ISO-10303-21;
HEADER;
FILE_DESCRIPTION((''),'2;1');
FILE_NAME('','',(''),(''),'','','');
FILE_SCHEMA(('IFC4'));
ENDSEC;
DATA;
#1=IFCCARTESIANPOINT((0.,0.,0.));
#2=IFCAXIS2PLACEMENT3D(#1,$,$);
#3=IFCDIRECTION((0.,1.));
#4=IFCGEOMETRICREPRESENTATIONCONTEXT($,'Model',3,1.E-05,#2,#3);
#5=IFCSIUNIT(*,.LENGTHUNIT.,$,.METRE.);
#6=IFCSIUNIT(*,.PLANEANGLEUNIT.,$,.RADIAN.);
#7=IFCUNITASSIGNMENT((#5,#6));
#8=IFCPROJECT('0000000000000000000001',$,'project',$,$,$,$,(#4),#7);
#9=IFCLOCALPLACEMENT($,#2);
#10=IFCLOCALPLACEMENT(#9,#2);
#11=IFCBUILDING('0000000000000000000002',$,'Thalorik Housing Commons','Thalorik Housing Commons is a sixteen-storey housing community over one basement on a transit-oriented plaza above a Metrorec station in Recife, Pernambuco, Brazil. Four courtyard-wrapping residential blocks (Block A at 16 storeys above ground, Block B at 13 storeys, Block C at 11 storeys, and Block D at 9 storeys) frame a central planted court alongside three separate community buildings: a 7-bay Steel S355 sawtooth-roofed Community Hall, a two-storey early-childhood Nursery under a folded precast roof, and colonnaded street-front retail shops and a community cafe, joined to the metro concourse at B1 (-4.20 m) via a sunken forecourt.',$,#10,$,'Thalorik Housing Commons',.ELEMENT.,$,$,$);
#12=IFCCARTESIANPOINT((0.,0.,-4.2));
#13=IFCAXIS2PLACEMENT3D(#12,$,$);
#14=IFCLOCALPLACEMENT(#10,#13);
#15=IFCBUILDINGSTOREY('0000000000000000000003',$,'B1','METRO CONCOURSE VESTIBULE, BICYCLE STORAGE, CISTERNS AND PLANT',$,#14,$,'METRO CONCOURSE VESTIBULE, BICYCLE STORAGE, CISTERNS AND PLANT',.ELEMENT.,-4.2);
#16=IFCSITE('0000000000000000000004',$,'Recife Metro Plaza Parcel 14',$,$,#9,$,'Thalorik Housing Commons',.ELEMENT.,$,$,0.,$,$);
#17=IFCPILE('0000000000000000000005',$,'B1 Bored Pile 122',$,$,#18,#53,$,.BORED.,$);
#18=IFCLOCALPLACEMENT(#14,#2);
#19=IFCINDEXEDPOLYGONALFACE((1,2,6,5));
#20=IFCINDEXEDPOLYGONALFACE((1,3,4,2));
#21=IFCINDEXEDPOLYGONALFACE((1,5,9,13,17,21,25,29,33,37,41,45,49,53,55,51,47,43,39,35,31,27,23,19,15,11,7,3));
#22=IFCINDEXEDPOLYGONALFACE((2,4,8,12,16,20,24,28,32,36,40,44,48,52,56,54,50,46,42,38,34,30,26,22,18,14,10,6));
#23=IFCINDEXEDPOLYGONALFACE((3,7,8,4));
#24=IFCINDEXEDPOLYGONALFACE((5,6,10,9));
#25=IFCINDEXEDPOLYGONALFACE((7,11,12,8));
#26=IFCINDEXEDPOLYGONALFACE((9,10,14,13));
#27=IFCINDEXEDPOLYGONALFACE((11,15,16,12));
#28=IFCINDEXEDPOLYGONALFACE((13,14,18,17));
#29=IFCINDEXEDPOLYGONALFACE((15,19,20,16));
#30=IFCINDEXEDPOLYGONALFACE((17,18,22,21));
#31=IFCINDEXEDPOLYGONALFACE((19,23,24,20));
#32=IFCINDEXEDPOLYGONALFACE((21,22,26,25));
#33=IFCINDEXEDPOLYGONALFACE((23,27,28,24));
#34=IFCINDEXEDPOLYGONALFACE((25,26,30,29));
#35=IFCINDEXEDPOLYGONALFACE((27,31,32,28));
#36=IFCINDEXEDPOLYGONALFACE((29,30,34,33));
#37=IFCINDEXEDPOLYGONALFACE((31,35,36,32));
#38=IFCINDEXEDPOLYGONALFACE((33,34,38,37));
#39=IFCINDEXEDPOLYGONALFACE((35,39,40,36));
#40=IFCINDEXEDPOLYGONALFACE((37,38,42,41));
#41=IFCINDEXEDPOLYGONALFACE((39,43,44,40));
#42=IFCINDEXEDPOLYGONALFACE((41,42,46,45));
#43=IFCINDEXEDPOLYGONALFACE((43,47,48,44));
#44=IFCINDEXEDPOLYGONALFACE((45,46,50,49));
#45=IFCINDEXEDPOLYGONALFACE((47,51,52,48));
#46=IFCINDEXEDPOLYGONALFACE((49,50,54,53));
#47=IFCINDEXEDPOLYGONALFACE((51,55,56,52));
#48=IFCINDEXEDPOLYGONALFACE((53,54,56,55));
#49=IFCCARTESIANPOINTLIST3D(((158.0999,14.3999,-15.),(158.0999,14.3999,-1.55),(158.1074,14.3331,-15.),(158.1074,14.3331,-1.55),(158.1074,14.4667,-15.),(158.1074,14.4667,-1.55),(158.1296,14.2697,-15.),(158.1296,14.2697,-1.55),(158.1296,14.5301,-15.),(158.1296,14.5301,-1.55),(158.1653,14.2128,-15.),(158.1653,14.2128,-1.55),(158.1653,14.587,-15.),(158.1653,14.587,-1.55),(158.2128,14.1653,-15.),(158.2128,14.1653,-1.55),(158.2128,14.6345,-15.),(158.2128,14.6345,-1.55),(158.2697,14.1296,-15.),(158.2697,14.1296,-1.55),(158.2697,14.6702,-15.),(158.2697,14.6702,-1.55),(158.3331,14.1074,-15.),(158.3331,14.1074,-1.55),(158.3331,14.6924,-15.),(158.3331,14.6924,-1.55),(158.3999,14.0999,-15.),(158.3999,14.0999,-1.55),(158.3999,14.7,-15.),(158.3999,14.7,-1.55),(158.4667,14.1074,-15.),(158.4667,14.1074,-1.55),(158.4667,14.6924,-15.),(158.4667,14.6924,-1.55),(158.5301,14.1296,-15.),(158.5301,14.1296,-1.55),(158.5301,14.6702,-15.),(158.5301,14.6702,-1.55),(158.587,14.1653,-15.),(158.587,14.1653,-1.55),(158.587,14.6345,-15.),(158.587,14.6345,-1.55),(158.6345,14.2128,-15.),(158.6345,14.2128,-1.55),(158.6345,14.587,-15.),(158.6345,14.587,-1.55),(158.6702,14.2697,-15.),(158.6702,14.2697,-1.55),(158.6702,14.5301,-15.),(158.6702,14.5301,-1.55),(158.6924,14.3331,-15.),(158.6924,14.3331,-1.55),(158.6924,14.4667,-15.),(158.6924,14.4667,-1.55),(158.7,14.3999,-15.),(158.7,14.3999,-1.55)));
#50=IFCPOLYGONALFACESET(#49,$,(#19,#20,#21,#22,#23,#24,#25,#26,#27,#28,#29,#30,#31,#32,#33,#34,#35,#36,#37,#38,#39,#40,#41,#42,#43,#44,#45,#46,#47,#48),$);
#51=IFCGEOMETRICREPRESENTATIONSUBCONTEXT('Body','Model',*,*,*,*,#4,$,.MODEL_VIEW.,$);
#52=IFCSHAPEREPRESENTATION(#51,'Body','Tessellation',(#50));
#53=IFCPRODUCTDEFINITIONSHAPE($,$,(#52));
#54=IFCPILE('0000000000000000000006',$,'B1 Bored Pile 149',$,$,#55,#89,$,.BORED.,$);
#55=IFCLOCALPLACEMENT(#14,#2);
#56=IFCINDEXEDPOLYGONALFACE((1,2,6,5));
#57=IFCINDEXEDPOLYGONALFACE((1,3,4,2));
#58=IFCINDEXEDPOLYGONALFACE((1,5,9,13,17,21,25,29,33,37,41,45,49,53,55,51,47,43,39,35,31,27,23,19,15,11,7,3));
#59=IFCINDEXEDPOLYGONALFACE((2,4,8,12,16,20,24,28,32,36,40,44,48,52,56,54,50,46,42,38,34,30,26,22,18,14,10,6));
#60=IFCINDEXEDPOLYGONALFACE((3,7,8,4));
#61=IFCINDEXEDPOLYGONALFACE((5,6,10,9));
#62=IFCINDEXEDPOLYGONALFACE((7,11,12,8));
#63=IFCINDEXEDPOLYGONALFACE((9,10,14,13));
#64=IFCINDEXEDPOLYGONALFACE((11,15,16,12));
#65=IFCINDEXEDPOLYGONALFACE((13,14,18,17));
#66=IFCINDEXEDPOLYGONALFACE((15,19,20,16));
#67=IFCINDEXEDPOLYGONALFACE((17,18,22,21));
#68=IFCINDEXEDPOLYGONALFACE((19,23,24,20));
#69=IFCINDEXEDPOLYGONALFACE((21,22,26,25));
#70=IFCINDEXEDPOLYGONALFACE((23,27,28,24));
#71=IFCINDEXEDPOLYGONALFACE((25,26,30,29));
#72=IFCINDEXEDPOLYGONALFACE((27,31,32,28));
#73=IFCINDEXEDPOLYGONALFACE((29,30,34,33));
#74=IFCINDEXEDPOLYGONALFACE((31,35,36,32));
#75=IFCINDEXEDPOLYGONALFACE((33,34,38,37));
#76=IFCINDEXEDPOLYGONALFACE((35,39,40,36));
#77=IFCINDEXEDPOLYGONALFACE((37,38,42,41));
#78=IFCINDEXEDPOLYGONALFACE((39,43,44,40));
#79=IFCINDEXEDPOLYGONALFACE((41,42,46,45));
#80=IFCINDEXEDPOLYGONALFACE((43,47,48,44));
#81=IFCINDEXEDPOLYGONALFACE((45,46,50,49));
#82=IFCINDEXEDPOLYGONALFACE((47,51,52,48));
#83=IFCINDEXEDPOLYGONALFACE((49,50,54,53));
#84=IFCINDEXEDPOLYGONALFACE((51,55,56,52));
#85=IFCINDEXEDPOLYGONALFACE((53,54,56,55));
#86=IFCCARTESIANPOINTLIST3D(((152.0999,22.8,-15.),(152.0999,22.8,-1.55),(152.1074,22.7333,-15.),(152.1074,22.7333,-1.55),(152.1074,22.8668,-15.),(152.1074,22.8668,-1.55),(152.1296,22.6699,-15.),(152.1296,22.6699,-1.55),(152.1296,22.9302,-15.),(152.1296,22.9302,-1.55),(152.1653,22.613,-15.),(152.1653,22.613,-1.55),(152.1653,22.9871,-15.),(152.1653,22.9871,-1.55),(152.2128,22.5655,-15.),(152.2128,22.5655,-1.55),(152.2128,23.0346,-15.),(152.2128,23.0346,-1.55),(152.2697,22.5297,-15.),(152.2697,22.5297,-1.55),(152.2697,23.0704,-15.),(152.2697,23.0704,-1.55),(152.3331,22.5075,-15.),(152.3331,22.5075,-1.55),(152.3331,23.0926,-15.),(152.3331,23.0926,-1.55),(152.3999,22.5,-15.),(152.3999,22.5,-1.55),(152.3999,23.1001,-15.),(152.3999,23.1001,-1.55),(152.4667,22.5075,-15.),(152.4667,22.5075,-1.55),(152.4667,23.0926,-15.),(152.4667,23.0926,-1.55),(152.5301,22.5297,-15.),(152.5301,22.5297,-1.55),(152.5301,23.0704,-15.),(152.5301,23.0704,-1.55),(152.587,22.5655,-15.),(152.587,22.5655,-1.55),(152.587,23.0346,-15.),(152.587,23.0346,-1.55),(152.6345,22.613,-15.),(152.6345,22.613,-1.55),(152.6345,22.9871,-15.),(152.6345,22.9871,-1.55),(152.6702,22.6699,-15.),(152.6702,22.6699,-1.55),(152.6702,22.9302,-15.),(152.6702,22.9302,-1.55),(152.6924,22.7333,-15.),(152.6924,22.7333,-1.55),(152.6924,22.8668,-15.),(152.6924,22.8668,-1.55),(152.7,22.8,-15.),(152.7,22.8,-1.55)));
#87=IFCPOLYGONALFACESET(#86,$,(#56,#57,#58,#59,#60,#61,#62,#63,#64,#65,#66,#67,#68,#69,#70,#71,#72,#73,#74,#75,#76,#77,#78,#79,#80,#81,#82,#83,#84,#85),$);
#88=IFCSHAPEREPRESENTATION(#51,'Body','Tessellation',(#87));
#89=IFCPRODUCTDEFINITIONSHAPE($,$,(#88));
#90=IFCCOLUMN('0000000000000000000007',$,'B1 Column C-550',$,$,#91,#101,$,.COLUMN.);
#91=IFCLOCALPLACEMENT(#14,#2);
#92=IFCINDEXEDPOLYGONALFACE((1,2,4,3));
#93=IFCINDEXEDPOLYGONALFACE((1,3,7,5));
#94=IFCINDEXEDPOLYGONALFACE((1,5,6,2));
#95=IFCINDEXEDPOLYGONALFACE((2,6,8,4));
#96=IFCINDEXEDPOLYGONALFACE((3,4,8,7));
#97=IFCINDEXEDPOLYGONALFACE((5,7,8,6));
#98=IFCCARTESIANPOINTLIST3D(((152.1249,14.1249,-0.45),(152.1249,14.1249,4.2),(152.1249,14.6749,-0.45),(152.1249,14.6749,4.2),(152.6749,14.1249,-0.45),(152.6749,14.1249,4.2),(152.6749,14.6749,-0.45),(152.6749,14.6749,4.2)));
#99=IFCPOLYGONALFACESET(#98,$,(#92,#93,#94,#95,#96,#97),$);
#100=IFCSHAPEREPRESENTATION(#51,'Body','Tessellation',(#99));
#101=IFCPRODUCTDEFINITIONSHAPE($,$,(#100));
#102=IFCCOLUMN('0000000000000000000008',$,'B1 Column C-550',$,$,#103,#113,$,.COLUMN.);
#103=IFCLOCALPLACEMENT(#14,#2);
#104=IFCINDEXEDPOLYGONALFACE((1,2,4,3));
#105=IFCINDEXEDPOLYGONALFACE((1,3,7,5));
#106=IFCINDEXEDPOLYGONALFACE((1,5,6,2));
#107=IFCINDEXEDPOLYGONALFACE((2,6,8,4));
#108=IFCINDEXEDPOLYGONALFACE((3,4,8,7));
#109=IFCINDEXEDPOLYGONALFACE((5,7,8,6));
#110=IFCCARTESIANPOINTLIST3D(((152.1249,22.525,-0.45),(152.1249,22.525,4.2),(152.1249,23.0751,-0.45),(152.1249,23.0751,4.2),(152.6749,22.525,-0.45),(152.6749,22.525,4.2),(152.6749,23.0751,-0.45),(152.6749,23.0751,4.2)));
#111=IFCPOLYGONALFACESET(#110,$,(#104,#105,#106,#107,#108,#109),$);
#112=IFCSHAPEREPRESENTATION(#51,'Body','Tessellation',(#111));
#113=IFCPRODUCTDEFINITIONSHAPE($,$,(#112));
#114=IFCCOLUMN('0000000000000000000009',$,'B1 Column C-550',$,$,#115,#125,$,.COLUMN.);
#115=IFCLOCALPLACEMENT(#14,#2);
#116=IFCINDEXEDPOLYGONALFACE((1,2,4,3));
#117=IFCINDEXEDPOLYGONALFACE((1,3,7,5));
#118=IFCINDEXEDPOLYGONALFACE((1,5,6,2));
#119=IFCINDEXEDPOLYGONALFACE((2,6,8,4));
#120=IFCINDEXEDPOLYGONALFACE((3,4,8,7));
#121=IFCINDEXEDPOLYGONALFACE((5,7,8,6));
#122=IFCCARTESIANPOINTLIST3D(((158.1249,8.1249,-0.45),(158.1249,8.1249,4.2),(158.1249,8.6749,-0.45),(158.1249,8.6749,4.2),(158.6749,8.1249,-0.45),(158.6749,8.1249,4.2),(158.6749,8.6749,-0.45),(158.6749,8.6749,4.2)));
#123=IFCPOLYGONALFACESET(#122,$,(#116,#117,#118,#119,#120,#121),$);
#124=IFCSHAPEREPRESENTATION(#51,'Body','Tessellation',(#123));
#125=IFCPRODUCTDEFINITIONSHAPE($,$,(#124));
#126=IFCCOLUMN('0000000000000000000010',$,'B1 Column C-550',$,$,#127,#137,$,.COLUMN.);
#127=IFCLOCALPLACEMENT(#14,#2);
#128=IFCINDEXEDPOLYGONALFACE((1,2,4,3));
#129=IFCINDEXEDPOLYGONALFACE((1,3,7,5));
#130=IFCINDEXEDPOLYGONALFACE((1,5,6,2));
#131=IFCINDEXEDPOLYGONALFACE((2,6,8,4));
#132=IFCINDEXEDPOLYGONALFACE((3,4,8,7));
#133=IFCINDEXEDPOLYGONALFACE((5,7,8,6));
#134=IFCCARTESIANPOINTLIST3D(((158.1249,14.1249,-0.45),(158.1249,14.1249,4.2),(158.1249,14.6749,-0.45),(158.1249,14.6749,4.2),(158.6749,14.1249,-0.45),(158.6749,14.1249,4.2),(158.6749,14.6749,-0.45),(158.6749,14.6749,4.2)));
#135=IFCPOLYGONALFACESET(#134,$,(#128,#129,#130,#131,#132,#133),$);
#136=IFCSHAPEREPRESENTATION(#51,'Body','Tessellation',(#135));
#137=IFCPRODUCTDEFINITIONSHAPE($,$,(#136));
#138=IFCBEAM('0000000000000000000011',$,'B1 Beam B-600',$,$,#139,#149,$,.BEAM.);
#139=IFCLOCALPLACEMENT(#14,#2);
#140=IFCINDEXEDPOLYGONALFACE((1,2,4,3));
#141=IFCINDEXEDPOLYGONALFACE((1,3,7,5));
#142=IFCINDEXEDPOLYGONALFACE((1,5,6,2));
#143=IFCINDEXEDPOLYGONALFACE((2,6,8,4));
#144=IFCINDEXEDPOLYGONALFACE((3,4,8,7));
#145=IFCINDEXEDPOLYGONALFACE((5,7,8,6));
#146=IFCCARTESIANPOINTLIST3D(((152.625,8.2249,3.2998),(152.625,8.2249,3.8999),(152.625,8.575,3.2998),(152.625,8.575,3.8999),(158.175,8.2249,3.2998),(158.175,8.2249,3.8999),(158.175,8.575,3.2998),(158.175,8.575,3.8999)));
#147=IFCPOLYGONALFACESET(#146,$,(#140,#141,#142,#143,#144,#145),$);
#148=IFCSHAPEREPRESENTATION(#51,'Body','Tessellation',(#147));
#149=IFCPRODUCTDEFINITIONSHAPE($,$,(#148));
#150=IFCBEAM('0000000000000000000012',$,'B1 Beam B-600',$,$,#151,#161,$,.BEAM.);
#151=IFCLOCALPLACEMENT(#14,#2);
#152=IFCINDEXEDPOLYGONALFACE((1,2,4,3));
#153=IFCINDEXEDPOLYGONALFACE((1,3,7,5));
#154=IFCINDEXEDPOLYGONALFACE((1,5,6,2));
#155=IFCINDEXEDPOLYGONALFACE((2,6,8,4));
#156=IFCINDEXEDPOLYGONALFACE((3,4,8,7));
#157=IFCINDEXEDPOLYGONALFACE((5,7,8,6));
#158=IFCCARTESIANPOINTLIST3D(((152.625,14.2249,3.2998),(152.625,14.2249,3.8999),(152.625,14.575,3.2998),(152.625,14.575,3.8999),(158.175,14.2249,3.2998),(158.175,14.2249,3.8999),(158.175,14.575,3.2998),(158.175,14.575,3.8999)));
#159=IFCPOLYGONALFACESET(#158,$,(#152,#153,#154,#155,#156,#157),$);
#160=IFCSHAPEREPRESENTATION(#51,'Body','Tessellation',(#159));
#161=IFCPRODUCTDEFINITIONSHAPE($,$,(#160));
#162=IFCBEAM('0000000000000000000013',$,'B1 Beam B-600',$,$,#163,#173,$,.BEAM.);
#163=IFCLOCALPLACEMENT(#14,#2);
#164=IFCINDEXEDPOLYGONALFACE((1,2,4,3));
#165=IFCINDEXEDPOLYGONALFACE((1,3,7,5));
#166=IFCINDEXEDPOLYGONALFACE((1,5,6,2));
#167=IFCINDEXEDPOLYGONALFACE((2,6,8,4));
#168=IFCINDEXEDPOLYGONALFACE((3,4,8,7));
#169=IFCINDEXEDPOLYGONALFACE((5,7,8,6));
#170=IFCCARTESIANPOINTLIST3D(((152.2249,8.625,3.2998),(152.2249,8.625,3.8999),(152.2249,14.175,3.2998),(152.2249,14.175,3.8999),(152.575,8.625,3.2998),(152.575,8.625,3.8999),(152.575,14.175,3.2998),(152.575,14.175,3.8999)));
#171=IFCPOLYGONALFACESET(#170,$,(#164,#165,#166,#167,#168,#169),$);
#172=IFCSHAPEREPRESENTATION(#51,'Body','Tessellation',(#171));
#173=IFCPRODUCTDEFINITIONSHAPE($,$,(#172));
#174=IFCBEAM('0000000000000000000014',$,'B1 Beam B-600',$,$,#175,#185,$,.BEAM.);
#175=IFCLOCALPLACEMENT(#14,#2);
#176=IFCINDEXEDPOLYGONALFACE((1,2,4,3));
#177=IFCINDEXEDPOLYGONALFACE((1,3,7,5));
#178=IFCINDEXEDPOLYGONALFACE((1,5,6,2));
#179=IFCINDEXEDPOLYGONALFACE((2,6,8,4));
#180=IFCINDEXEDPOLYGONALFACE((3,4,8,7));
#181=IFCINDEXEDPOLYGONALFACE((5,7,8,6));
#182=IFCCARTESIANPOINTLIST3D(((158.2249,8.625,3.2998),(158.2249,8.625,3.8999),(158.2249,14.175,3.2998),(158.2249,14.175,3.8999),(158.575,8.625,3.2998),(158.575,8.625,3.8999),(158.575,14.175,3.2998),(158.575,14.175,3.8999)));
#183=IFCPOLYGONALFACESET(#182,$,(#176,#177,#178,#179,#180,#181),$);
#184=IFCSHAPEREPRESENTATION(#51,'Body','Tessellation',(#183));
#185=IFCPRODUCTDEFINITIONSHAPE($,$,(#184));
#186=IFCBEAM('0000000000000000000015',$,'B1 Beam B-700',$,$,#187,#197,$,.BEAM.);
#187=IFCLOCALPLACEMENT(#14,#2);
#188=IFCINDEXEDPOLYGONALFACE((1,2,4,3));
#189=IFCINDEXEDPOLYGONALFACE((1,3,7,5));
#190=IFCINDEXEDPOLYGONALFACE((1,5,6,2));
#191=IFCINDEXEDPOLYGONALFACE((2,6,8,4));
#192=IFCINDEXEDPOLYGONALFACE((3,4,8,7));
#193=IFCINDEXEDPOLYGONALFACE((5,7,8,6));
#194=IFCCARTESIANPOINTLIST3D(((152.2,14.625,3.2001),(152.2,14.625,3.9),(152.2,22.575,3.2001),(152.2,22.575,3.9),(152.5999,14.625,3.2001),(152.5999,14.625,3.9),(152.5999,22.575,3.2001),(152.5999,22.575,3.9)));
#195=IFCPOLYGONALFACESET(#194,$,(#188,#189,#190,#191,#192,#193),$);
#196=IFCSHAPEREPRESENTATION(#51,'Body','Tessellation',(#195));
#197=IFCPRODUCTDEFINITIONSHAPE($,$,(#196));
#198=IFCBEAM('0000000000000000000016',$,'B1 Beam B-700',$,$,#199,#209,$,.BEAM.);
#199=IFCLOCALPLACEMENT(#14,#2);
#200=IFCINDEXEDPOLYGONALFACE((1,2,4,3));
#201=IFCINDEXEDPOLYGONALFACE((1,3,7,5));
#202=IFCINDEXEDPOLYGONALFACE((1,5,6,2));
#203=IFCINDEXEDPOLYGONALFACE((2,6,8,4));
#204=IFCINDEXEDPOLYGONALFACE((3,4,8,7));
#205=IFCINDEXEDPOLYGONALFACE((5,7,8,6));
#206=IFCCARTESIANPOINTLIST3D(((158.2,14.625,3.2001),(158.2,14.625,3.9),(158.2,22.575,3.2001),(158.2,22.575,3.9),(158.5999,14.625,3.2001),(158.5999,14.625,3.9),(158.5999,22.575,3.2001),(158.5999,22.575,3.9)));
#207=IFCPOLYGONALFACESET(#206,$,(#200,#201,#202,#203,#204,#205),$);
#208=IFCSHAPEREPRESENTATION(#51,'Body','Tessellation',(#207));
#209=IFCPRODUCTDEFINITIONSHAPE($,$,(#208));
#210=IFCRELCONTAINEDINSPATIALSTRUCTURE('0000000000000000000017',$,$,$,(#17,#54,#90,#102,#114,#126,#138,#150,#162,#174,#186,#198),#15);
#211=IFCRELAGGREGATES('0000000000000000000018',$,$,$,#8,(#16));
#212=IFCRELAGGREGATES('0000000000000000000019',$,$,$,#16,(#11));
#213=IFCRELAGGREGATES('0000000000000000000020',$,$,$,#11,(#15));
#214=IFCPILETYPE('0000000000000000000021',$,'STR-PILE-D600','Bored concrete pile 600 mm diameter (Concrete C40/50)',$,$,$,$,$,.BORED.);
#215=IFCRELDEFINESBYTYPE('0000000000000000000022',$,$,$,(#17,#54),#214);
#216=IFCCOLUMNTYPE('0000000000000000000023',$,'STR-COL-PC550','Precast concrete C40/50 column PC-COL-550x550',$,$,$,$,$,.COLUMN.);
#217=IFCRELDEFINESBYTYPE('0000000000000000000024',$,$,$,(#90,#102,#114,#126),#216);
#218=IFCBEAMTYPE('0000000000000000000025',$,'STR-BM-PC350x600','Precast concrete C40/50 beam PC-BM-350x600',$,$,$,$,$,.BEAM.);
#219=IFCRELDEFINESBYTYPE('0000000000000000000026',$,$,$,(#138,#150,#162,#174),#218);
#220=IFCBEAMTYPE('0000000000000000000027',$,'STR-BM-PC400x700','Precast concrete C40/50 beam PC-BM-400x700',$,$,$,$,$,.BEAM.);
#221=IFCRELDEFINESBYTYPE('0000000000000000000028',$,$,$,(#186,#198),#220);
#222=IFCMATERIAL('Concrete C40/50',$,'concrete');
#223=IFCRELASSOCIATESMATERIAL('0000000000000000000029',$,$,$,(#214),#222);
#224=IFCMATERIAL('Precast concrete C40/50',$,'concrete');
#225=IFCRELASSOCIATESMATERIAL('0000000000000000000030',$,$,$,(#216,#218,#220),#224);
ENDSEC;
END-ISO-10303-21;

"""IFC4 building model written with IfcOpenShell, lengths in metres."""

from ifc_helpers import new_model, si_unit, direction, frame, origin, origin_2d, place, context, subcontext, project, spatial, rectangle, circle, extrude, material, material_profile, profile_set, type_object, element, save


model = new_model("IFC4")

# Units and contexts
model_context = context("Model", 3, precision=1e-05, world=origin(), true_north=direction((0.0, 1.0)))
body_context = subcontext(model_context, "Body", "Model", "MODEL_VIEW")
ifc_project = project(units=[si_unit("LENGTHUNIT", "METRE"), si_unit("PLANEANGLEUNIT", "RADIAN")], contexts=[model_context])

# Site, building, storey
site_placement = place(None, origin())
site = spatial("IfcSite", under=ifc_project, at=site_placement, Name="Recife Metro Plaza Parcel 14", LongName="Thalorik Housing Commons", CompositionType="ELEMENT", RefElevation=0.0)
building_placement = place(site_placement, origin())
building = spatial("IfcBuilding", under=site, at=building_placement, Name="Thalorik Housing Commons", Description="Thalorik Housing Commons is a sixteen-storey housing community over one basement on a transit-oriented plaza above a Metrorec station in Recife, Pernambuco, Brazil. Four courtyard-wrapping residential blocks (Block A at 16 storeys above ground, Block B at 13 storeys, Block C at 11 storeys, and Block D at 9 storeys) frame a central planted court alongside three separate community buildings: a 7-bay Steel S355 sawtooth-roofed Community Hall, a two-storey early-childhood Nursery under a folded precast roof, and colonnaded street-front retail shops and a community cafe, joined to the metro concourse at B1 (-4.20 m) via a sunken forecourt.", LongName="Thalorik Housing Commons", CompositionType="ELEMENT")
storey_placement = place(building_placement, frame((0.0, 0.0, -4.2)))
storey = spatial("IfcBuildingStorey", under=building, at=storey_placement, Name="B1", Description="METRO CONCOURSE VESTIBULE, BICYCLE STORAGE, CISTERNS AND PLANT", LongName="METRO CONCOURSE VESTIBULE, BICYCLE STORAGE, CISTERNS AND PLANT", CompositionType="ELEMENT", Elevation=-4.2)

# Shared definitions
ifc_material_1 = material(Name="Concrete C40/50", Category="concrete")

# Piles
ifc_material_profile_1 = material_profile(ifc_material_1, circle(Radius=0.3, at=origin_2d()), Name="BORED PILE D600", Category="concrete")
ifc_profile_set_1 = profile_set([ifc_material_profile_1], Name="Concrete C40/50")
pile_type = type_object("IfcPileType", Name="STR-PILE-D600", Description="Bored concrete pile 600 mm diameter (Concrete C40/50)", PredefinedType="BORED", material=ifc_profile_set_1)
for number, where, z_axis, x_axis, name in (
    (1, (158.3999, 14.3999, -1.55), (0.0, 0.0, -1.0), (1.0, 0.0, 0.0), "B1 Bored Pile 122"),
    (2, (152.3999, 22.8, -1.55), (0.0, 0.0, -1.0), (1.0, 0.0, 0.0), "B1 Bored Pile 149"),
):
    element("IfcPile", number, at=place(storey_placement, frame(where, z_axis=z_axis, x_axis=x_axis)), inside=storey, type_object=pile_type, Name=name, PredefinedType="BORED", context=body_context, shape_type="SweptSolid", body=[
        extrude(circle(Radius=0.3, at=origin_2d()), origin(), (0.0, 0.0, 1.0), 13.45),
    ])

# Columns
ifc_material_2 = material(Name="Precast concrete C40/50", Category="concrete")
ifc_material_profile_2 = material_profile(ifc_material_2, rectangle(XDim=0.55, YDim=0.55, at=origin_2d()), Name="PC 550x550", Category="concrete")
ifc_profile_set_2 = profile_set([ifc_material_profile_2], Name="Precast concrete C40/50")
column_type = type_object("IfcColumnType", Name="STR-COL-PC550", Description="Precast concrete C40/50 column PC-COL-550x550", PredefinedType="COLUMN", material=ifc_profile_set_2)
for number, where, z_axis, x_axis, name in (
    (3, (152.3999, 14.3999, -0.45), (0.0, 0.0, 1.0), (1.0, 0.0, 0.0), "B1 Column C-550"),
    (4, (152.3999, 22.8, -0.45), (0.0, 0.0, 1.0), (1.0, 0.0, 0.0), "B1 Column C-550"),
    (5, (158.3999, 8.3999, -0.45), (0.0, 0.0, 1.0), (1.0, 0.0, 0.0), "B1 Column C-550"),
    (6, (158.3999, 14.3999, -0.45), (0.0, 0.0, 1.0), (1.0, 0.0, 0.0), "B1 Column C-550"),
):
    element("IfcColumn", number, at=place(storey_placement, frame(where, z_axis=z_axis, x_axis=x_axis)), inside=storey, type_object=column_type, Name=name, PredefinedType="COLUMN", context=body_context, shape_type="SweptSolid", body=[
        extrude(rectangle(XDim=0.55, YDim=0.55, at=origin_2d()), origin(), (0.0, 0.0, 1.0), 4.6499),
    ])

# Beams
ifc_material_profile_3 = material_profile(ifc_material_2, rectangle(XDim=0.3501, YDim=0.6001, at=origin_2d()), Name="PC 350x600", Category="concrete")
ifc_profile_set_3 = profile_set([ifc_material_profile_3], Name="Precast concrete C40/50")
beam_type_1 = type_object("IfcBeamType", Name="STR-BM-PC350x600", Description="Precast concrete C40/50 beam PC-BM-350x600", PredefinedType="BEAM", material=ifc_profile_set_3)
for number, where, z_axis, x_axis, name in (
    (7, (152.625, 8.3999, 3.5999), (1.0, 0.0, 0.0), (0.0, 1.0, 0.0), "B1 Beam B-600"),
    (8, (152.625, 14.3999, 3.5999), (1.0, 0.0, 0.0), (0.0, 1.0, 0.0), "B1 Beam B-600"),
    (9, (152.3999, 8.625, 3.5999), (0.0, 1.0, 0.0), (-1.0, 0.0, 0.0), "B1 Beam B-600"),
    (10, (158.3999, 8.625, 3.5999), (0.0, 1.0, 0.0), (-1.0, 0.0, 0.0), "B1 Beam B-600"),
):
    element("IfcBeam", number, at=place(storey_placement, frame(where, z_axis=z_axis, x_axis=x_axis)), inside=storey, type_object=beam_type_1, Name=name, PredefinedType="BEAM", context=body_context, shape_type="SweptSolid", body=[
        extrude(rectangle(XDim=0.3501, YDim=0.6001, at=origin_2d()), origin(), (0.0, 0.0, 1.0), 5.55),
    ])
ifc_material_profile_4 = material_profile(ifc_material_2, rectangle(XDim=0.3999, YDim=0.7, at=origin_2d()), Name="PC 400x700", Category="concrete")
ifc_profile_set_4 = profile_set([ifc_material_profile_4], Name="Precast concrete C40/50")
beam_type_2 = type_object("IfcBeamType", Name="STR-BM-PC400x700", Description="Precast concrete C40/50 beam PC-BM-400x700", PredefinedType="BEAM", material=ifc_profile_set_4)
for number, where, z_axis, x_axis, name in (
    (11, (152.3999, 14.625, 3.55), (0.0, 1.0, 0.0), (-1.0, 0.0, 0.0), "B1 Beam B-700"),
    (12, (158.3999, 14.625, 3.55), (0.0, 1.0, 0.0), (-1.0, 0.0, 0.0), "B1 Beam B-700"),
):
    element("IfcBeam", number, at=place(storey_placement, frame(where, z_axis=z_axis, x_axis=x_axis)), inside=storey, type_object=beam_type_2, Name=name, PredefinedType="BEAM", context=body_context, shape_type="SweptSolid", body=[
        extrude(rectangle(XDim=0.3999, YDim=0.7, at=origin_2d()), origin(), (0.0, 0.0, 1.0), 7.95),
    ])

save(model, "model.ifc")
